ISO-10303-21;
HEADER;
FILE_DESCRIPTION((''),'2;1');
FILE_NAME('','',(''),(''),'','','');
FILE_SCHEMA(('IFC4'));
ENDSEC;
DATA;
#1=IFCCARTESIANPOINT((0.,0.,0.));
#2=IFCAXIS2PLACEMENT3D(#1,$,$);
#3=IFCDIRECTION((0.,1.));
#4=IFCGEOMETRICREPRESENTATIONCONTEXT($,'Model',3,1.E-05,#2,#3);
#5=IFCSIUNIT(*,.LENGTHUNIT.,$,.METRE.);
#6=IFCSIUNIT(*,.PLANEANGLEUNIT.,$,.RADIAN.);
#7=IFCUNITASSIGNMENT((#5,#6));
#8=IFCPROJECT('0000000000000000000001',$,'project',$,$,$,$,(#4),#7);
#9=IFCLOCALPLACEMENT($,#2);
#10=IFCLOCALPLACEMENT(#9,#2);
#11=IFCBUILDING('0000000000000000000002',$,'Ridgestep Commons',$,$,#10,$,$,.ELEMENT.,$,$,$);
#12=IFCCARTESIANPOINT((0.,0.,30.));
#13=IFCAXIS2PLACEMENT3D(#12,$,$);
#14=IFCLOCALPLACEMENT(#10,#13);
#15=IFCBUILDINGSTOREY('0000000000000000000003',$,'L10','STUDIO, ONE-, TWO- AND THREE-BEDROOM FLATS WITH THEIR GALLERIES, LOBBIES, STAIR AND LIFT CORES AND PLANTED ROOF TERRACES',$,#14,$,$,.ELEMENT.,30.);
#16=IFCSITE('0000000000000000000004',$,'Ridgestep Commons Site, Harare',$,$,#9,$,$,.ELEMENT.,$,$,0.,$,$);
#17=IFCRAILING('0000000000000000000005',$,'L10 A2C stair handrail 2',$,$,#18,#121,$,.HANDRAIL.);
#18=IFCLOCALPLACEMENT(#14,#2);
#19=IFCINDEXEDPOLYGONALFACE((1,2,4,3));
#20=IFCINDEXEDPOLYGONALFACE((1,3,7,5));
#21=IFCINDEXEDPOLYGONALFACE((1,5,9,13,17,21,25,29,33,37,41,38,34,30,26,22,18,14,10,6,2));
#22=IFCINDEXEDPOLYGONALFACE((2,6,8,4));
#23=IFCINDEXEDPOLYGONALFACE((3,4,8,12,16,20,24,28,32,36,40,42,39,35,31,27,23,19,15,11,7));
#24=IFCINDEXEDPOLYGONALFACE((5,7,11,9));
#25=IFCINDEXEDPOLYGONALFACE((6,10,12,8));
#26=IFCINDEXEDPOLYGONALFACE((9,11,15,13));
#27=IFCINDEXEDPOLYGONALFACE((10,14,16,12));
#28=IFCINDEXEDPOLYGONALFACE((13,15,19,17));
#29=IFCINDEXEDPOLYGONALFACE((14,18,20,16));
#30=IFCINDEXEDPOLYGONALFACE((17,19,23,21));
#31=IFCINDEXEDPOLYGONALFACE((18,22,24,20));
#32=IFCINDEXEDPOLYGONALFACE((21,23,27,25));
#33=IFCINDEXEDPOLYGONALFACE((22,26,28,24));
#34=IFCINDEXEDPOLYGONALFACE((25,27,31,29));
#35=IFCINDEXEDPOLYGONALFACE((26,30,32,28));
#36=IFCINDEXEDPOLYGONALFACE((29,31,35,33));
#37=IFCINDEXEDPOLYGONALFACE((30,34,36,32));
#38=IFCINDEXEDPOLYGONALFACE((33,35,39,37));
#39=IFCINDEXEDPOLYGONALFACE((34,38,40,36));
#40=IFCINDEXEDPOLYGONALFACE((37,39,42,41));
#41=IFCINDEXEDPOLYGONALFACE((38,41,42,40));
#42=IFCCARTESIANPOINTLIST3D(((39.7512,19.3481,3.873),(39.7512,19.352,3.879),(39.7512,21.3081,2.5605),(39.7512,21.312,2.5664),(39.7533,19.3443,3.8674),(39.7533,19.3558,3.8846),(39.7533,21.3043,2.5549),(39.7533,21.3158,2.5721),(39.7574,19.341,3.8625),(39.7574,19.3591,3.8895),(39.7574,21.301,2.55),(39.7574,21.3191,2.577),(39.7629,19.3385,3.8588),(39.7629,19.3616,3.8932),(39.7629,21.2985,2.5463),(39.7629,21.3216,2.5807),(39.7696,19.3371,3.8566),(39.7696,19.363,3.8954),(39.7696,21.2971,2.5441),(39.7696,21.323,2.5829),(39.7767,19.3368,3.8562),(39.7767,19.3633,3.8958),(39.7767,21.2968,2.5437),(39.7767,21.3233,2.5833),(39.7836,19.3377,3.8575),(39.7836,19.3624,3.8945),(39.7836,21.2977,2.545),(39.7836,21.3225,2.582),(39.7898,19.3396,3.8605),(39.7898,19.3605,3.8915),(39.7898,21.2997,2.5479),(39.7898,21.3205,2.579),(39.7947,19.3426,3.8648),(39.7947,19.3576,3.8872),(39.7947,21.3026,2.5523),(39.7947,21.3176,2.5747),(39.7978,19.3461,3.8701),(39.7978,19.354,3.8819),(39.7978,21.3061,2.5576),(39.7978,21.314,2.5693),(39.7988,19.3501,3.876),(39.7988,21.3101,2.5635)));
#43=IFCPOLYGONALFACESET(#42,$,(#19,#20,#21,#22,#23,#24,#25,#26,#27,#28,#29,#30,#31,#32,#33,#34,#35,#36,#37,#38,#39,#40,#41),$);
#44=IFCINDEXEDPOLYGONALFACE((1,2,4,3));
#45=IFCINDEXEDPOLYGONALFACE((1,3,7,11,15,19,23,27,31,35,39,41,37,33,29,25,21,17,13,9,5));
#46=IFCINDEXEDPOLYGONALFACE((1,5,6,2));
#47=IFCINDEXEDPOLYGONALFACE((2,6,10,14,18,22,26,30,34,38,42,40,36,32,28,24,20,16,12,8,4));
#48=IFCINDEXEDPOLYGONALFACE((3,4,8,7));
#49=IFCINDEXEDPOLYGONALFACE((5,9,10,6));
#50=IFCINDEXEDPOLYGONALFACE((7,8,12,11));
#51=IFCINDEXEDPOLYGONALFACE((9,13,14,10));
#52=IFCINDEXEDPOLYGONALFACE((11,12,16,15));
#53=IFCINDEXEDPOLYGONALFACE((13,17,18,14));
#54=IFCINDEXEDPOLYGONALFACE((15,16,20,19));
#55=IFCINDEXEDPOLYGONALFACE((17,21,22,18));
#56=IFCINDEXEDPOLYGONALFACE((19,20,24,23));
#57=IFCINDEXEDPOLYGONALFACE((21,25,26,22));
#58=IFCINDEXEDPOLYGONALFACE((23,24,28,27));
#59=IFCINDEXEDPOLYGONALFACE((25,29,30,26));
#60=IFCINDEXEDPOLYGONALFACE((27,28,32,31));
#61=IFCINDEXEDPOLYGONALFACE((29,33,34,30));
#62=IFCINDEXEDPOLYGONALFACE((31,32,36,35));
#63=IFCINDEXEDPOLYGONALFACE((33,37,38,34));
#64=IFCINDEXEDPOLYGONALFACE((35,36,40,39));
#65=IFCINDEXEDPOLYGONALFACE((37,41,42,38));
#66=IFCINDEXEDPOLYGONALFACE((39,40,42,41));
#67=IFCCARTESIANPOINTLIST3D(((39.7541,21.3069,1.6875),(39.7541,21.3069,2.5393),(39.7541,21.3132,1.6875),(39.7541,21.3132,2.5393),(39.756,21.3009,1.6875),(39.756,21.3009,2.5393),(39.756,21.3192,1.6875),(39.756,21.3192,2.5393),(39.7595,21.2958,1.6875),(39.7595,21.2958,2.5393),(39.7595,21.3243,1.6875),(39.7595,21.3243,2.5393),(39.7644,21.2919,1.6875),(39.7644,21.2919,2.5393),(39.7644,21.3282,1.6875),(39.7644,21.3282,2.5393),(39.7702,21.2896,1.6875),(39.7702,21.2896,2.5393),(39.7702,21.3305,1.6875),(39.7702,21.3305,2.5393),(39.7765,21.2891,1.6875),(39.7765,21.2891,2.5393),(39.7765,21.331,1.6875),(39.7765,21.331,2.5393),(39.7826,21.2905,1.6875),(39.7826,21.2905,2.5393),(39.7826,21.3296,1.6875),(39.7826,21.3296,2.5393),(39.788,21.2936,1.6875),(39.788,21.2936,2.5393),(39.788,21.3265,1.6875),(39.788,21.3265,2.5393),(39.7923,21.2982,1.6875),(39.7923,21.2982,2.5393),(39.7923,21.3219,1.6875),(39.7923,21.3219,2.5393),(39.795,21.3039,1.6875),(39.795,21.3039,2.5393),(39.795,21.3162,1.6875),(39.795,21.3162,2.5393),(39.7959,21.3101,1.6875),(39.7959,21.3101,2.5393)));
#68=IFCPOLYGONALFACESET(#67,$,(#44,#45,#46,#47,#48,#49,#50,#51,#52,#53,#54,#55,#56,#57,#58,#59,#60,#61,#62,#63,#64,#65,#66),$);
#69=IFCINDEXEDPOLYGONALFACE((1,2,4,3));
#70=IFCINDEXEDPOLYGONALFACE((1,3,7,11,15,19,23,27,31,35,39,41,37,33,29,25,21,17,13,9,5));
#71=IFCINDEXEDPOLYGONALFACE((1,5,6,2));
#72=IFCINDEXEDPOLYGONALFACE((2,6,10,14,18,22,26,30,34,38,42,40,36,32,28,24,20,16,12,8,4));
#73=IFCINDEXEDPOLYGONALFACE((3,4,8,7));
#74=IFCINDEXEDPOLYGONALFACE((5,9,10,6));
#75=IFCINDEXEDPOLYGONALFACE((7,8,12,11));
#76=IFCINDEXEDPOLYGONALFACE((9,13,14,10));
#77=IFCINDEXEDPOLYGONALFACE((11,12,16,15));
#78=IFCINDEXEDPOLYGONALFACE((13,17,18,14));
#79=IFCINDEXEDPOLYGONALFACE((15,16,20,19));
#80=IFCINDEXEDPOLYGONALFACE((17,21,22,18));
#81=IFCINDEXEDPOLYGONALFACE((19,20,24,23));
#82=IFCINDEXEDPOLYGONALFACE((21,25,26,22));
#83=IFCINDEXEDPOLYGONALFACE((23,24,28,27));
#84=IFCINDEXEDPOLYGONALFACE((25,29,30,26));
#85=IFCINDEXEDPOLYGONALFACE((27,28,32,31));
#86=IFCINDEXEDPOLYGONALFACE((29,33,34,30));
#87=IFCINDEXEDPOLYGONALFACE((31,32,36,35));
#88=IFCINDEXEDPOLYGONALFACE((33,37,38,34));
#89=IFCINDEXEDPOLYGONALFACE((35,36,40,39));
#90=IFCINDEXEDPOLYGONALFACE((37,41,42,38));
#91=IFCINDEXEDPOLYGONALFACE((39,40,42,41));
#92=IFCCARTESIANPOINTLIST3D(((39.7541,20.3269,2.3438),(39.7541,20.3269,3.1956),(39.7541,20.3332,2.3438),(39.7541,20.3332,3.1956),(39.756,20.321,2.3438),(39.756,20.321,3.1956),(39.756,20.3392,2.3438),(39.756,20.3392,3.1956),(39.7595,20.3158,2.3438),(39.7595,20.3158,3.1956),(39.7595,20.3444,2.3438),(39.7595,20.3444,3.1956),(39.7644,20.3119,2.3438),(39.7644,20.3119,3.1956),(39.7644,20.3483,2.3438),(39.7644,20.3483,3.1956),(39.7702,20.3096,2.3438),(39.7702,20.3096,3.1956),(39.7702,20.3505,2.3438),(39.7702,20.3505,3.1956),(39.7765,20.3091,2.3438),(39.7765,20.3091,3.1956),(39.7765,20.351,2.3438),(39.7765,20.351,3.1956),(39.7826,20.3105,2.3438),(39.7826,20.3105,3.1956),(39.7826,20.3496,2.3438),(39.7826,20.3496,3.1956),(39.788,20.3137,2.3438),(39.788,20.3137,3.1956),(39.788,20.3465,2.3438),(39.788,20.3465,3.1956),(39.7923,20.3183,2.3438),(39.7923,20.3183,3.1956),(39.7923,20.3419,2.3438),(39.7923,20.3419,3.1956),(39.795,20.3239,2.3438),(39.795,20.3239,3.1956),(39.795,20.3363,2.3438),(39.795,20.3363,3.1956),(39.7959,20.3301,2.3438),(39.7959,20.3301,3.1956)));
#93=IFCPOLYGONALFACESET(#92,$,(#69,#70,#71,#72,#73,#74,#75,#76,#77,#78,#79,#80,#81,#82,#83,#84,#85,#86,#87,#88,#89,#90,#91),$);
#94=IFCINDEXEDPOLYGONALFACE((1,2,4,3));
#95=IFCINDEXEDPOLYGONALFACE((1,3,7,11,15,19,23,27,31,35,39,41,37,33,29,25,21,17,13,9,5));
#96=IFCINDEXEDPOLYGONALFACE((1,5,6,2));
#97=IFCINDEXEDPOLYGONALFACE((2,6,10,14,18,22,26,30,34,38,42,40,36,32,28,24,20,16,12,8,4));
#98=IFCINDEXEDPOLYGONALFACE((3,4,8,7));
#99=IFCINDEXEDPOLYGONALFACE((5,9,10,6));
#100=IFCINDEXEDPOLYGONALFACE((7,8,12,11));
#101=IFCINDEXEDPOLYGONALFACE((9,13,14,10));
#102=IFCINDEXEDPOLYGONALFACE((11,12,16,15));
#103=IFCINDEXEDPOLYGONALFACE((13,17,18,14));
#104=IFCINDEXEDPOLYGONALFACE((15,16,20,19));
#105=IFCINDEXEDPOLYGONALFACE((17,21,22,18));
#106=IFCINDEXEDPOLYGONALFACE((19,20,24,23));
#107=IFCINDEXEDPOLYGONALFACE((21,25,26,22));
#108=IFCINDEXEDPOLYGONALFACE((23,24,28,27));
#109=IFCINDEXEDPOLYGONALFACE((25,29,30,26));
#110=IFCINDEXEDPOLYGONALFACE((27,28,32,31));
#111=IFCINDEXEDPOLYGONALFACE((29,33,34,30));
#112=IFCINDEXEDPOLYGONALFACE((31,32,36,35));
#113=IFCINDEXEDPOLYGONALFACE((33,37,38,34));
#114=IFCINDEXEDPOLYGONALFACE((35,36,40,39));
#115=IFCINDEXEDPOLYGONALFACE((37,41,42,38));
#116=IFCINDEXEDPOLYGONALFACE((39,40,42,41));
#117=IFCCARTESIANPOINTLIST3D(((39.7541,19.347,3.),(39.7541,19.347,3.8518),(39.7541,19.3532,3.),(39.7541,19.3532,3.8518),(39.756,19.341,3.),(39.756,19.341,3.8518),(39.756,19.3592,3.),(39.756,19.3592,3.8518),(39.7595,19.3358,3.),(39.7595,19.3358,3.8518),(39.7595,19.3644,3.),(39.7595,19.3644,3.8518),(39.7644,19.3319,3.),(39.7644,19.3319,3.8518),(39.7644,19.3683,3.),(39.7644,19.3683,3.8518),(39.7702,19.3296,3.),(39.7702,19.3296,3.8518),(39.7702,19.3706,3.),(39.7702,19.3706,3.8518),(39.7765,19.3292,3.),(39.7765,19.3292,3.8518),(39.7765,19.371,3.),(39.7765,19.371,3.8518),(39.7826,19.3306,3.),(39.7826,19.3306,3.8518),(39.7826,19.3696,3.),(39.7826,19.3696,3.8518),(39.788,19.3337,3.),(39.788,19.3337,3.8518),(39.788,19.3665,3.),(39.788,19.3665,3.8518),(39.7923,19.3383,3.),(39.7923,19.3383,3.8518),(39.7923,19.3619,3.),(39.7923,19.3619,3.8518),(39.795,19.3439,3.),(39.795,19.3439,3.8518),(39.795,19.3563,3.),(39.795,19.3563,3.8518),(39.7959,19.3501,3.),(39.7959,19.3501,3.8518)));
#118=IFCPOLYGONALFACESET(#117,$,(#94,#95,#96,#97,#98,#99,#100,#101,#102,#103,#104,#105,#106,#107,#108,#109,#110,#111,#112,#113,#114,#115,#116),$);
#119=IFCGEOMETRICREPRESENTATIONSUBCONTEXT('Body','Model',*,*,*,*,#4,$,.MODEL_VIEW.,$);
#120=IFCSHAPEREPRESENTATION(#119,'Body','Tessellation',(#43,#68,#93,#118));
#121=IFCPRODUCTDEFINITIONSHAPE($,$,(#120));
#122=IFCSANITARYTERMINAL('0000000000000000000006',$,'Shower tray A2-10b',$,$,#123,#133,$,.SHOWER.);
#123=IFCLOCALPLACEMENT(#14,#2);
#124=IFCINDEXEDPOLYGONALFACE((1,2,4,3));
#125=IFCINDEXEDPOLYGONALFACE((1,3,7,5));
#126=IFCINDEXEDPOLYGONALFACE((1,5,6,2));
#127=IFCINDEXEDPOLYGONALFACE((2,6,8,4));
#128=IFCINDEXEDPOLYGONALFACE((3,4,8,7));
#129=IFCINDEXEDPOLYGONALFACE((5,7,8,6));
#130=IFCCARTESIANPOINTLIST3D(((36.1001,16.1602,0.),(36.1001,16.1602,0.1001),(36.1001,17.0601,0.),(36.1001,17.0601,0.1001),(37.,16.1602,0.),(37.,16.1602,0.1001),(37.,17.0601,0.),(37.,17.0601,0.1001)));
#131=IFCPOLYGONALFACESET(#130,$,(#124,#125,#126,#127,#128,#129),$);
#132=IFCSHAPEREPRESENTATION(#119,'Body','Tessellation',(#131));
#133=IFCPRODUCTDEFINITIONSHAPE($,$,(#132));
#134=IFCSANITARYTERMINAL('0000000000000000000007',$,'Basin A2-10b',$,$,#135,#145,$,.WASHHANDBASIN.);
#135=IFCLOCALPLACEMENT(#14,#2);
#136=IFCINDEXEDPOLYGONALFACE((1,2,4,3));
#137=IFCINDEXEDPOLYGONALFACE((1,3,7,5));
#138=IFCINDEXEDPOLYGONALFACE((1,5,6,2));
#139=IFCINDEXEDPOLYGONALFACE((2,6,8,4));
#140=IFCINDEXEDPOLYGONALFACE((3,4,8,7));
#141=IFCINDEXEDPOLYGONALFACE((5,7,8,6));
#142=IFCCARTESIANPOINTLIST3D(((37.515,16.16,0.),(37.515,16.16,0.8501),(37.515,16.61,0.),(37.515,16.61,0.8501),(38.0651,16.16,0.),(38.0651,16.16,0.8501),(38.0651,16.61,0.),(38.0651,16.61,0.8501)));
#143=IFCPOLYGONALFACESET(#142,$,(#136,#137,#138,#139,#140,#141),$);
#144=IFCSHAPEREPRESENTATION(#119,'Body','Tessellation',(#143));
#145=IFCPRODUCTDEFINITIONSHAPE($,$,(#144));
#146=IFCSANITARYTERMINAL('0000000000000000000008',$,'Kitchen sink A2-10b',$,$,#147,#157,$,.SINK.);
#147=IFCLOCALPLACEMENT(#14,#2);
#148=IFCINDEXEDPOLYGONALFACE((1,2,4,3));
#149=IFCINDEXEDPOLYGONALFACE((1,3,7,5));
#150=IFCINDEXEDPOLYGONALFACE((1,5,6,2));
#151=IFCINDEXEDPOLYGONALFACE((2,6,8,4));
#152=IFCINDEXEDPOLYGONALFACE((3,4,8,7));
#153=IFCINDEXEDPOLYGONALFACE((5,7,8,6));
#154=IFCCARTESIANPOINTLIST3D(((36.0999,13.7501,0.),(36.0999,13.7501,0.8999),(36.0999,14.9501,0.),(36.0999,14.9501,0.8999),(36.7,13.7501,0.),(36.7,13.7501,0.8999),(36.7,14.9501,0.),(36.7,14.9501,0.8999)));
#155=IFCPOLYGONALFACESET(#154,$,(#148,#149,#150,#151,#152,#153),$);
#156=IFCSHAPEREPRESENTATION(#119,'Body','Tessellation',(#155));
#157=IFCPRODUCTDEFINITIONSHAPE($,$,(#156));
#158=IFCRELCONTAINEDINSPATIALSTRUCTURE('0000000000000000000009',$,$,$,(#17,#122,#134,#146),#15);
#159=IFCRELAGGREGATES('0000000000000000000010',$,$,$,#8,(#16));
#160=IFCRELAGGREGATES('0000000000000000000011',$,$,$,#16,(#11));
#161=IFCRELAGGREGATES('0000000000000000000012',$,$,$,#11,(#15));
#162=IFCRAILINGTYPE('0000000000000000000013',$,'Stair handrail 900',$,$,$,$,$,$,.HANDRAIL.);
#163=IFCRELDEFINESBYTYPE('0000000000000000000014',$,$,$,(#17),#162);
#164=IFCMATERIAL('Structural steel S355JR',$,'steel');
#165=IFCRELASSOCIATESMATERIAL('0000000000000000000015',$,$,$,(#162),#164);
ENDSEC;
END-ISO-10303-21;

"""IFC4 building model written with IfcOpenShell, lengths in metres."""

from ifc_helpers import new_model, si_unit, direction, frame, origin, origin_2d, place, context, subcontext, project, spatial, rectangle, circle, extrude, material, type_object, element, save


model = new_model("IFC4")

# Units and contexts
model_context = context("Model", 3, precision=1e-05, world=origin(), true_north=direction((0.0, 1.0)))
body_context = subcontext(model_context, "Body", "Model", "MODEL_VIEW")
ifc_project = project(units=[si_unit("LENGTHUNIT", "METRE"), si_unit("PLANEANGLEUNIT", "RADIAN")], contexts=[model_context])

# Site, building, storey
site_placement = place(None, origin())
site = spatial("IfcSite", under=ifc_project, at=site_placement, Name="Ridgestep Commons Site, Harare", CompositionType="ELEMENT", RefElevation=0.0)
building_placement = place(site_placement, origin())
building = spatial("IfcBuilding", under=site, at=building_placement, Name="Ridgestep Commons", CompositionType="ELEMENT")
storey_placement = place(building_placement, frame((0.0, 0.0, 30.0)))
storey = spatial("IfcBuildingStorey", under=building, at=storey_placement, Name="L10", Description="STUDIO, ONE-, TWO- AND THREE-BEDROOM FLATS WITH THEIR GALLERIES, LOBBIES, STAIR AND LIFT CORES AND PLANTED ROOF TERRACES", CompositionType="ELEMENT", Elevation=30.0)

# Railing
ifc_material_1 = material(Name="Structural steel S355JR", Category="steel")
railing_type_1 = type_object("IfcRailingType", Name="Stair handrail 900", PredefinedType="HANDRAIL", material=ifc_material_1)
railing_1_placement = place(storey_placement, frame((39.7749, 21.3101, 1.6875)))
element("IfcRailing", 1, at=railing_1_placement, inside=storey, type_object=railing_type_1, Name="L10 A2C stair handrail 2", PredefinedType="HANDRAIL", context=body_context, shape_type="SweptSolid", body=[
    extrude(circle(Radius=0.0239, at=origin_2d()), frame((0.0, 0.0, 0.876), z_axis=(0.0, -0.830902, 0.556419), x_axis=(1.0, 0.0, 0.0)), (0.0, 0.0, 1.0), 2.3589),
    extrude(circle(Radius=0.021, at=origin_2d()), origin(), (0.0, 0.0, 1.0), 0.8518),
    extrude(circle(Radius=0.021, at=origin_2d()), frame((0.0, -0.98, 0.6562)), (0.0, 0.0, 1.0), 0.8518),
    extrude(circle(Radius=0.021, at=origin_2d()), frame((0.0, -1.96, 1.3125)), (0.0, 0.0, 1.0), 0.8518),
])

# Sanitary terminals
sanitary_terminal_1_placement = place(storey_placement, frame((36.55, 16.6101, 0.0), z_axis=(0.0, 0.0, 1.0), x_axis=(1.0, 0.0, 0.0)))
element("IfcSanitaryTerminal", 2, at=sanitary_terminal_1_placement, inside=storey, Name="Shower tray A2-10b", PredefinedType="SHOWER", context=body_context, shape_type="SweptSolid", body=[
    extrude(rectangle(XDim=0.8999, YDim=0.8999, at=origin_2d()), origin(), (0.0, 0.0, 1.0), 0.1001),
])
sanitary_terminal_2_placement = place(storey_placement, frame((37.79, 16.385, 0.0), z_axis=(0.0, 0.0, 1.0), x_axis=(1.0, 0.0, 0.0)))
element("IfcSanitaryTerminal", 3, at=sanitary_terminal_2_placement, inside=storey, Name="Basin A2-10b", PredefinedType="WASHHANDBASIN", context=body_context, shape_type="SweptSolid", body=[
    extrude(rectangle(XDim=0.55, YDim=0.45, at=origin_2d()), origin(), (0.0, 0.0, 1.0), 0.8501),
])
sanitary_terminal_3_placement = place(storey_placement, frame((36.3999, 14.3501, 0.0), z_axis=(0.0, 0.0, 1.0), x_axis=(1.0, 0.0, 0.0)))
element("IfcSanitaryTerminal", 4, at=sanitary_terminal_3_placement, inside=storey, Name="Kitchen sink A2-10b", PredefinedType="SINK", context=body_context, shape_type="SweptSolid", body=[
    extrude(rectangle(XDim=0.6001, YDim=1.2, at=origin_2d()), origin(), (0.0, 0.0, 1.0), 0.8999),
])

save(model, "model.ifc")
